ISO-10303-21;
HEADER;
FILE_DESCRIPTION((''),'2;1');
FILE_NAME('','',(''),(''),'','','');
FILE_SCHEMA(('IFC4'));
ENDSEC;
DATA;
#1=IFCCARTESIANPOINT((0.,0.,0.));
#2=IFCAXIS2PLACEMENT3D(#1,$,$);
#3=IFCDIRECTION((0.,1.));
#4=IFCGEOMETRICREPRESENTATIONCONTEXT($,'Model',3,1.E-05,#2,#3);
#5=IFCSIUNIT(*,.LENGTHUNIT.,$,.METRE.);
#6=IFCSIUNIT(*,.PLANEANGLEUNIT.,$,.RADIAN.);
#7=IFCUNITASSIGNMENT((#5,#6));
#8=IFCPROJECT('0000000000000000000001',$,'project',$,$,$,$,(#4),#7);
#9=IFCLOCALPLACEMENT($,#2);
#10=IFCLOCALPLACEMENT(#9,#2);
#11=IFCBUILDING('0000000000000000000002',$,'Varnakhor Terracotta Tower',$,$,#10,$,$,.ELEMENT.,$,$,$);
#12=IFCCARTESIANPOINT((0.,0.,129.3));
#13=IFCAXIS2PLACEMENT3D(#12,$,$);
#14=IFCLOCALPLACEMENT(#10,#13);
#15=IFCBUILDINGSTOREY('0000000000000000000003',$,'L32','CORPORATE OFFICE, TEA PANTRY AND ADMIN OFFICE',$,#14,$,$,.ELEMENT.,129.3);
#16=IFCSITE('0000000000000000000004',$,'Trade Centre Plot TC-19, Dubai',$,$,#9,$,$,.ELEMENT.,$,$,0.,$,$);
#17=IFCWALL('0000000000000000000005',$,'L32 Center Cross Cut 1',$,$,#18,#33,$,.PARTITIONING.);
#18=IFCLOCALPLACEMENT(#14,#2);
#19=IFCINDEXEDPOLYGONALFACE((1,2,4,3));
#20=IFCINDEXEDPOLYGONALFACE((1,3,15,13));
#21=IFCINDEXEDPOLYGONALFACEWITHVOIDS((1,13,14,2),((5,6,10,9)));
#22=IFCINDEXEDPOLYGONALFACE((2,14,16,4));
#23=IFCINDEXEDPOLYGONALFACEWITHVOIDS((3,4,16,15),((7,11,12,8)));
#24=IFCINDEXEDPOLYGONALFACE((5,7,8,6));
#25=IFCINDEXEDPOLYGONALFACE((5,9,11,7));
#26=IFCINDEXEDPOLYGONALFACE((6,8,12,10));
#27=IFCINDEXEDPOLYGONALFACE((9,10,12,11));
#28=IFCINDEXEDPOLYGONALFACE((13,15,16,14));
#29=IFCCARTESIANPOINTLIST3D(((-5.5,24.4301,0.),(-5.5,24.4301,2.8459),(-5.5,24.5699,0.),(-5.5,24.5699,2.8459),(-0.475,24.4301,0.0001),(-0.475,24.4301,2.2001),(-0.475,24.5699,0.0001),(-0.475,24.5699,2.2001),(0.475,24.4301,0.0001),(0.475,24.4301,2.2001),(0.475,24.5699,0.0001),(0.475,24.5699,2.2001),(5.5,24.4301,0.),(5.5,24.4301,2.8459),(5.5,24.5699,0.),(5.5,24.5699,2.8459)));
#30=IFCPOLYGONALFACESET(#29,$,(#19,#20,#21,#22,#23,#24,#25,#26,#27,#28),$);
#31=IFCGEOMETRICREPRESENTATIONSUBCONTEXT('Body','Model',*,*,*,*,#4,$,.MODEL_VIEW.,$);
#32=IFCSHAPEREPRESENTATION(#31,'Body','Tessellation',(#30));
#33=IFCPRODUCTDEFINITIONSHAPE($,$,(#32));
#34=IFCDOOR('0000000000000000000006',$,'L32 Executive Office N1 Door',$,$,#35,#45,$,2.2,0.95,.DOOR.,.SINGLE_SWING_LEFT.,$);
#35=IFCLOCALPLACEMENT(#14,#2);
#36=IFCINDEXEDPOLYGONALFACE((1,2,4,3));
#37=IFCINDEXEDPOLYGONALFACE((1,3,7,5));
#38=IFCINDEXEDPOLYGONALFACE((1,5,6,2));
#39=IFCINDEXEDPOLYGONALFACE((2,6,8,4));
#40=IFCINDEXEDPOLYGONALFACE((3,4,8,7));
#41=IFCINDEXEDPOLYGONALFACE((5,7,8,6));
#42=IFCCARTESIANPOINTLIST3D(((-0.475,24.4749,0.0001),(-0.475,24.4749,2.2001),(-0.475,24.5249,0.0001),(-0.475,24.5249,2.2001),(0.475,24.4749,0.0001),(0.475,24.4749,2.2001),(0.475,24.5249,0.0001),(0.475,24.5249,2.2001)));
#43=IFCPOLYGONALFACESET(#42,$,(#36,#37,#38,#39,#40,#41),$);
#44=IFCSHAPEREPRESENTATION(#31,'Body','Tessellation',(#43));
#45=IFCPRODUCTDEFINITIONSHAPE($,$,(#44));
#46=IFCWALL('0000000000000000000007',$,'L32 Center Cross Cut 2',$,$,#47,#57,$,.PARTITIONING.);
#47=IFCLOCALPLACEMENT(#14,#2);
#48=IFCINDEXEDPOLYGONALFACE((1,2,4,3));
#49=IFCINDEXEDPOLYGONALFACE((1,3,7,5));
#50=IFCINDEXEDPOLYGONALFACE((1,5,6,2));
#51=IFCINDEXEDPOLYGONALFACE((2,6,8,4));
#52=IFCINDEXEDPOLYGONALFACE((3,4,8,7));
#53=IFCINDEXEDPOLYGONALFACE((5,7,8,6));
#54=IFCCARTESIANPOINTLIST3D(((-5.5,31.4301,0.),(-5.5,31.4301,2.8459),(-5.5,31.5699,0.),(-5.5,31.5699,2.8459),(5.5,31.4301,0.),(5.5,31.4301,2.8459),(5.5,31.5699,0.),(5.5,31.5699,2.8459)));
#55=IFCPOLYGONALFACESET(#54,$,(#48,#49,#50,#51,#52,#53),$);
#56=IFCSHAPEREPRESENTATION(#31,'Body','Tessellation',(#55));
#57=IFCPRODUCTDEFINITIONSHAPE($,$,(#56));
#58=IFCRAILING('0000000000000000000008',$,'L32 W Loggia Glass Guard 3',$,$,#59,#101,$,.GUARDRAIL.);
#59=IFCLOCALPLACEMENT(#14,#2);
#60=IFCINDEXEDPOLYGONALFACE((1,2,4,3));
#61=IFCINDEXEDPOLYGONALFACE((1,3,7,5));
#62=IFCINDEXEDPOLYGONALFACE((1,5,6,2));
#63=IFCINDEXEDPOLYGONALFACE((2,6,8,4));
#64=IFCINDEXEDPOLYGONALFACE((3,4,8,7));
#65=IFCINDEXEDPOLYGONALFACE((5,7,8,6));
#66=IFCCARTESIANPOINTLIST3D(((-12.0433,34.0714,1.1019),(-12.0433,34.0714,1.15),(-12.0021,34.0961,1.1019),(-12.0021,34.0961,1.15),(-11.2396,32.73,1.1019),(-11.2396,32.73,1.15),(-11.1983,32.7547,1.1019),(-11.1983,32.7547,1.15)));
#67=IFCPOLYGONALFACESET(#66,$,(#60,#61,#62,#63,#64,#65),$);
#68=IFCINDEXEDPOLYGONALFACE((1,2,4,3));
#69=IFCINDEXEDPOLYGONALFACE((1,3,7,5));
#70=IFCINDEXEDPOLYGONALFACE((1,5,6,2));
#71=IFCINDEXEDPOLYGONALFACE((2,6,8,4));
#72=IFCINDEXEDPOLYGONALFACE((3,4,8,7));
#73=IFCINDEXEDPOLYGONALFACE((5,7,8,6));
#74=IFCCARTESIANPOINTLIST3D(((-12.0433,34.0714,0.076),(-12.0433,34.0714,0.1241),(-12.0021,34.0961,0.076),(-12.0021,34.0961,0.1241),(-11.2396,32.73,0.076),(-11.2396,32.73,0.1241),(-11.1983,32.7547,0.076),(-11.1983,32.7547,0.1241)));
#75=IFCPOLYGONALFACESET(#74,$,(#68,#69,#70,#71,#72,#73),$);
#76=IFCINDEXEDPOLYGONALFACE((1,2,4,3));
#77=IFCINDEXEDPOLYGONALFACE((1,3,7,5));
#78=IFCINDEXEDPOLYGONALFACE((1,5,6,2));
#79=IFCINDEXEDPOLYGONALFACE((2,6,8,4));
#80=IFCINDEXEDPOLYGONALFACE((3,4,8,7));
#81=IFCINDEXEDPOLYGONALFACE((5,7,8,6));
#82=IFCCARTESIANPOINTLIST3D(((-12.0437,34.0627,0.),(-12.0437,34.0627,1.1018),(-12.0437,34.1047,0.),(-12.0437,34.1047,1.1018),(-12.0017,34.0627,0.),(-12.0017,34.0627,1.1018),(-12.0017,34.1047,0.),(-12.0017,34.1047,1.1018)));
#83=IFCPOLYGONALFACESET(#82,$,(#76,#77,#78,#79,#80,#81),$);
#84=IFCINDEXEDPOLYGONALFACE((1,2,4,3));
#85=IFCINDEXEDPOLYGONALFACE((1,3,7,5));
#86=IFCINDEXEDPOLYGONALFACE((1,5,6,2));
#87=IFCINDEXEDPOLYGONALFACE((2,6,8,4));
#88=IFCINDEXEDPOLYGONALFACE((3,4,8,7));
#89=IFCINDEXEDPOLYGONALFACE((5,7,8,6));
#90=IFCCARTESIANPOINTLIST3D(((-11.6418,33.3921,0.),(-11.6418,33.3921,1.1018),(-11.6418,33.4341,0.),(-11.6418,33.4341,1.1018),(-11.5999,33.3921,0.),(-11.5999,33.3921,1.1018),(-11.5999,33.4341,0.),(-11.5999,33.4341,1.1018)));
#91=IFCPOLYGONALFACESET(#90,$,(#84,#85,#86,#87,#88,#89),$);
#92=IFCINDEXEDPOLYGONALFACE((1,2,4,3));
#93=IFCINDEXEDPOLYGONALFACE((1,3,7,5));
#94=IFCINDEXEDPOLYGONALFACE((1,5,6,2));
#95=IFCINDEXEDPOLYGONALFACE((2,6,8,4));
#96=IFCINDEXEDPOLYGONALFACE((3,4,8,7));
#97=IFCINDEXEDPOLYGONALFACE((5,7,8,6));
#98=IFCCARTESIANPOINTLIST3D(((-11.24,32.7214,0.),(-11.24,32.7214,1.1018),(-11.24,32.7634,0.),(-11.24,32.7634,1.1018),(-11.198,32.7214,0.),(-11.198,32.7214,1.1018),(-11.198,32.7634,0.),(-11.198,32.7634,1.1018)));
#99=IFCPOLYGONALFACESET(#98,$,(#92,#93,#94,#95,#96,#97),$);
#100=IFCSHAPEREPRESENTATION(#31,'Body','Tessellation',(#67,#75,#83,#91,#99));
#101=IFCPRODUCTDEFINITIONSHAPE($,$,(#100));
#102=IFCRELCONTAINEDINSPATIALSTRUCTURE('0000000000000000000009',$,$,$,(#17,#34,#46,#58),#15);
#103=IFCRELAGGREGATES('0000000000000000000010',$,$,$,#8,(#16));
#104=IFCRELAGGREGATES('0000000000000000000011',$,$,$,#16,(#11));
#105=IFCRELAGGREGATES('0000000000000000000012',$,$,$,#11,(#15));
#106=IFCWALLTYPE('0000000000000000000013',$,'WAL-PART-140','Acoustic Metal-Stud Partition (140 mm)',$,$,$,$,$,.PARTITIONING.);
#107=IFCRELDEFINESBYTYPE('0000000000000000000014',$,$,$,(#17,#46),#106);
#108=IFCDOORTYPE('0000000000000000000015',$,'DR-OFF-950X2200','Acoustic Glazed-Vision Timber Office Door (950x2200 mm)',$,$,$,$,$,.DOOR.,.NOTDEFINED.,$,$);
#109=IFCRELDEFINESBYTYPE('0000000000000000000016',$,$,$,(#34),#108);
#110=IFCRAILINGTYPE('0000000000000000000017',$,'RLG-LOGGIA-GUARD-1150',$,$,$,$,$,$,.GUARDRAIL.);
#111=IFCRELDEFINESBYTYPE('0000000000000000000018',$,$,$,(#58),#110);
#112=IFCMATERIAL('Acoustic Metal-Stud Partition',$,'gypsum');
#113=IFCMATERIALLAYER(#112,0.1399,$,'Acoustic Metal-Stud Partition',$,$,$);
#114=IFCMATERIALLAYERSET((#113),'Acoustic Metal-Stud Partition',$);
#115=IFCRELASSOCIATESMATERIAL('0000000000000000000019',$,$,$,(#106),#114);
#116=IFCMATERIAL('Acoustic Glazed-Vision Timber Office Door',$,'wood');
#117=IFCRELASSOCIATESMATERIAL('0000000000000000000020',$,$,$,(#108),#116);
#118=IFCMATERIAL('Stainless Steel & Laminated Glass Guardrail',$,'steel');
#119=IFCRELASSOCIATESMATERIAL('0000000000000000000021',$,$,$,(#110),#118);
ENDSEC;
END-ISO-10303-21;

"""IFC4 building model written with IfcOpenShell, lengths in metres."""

from ifc_helpers import new_model, si_unit, direction, frame, frame_2d, origin, origin_2d, place, context, subcontext, project, spatial, rectangle, extrude, source, transform, mapped, material, layer, layer_set, type_object, type_shapes, element, fill, save


model = new_model("IFC4")

# Units and contexts
model_context = context("Model", 3, precision=1e-05, world=origin(), true_north=direction((0.0, 1.0)))
body_context = subcontext(model_context, "Body", "Model", "MODEL_VIEW")
ifc_project = project(units=[si_unit("LENGTHUNIT", "METRE"), si_unit("PLANEANGLEUNIT", "RADIAN")], contexts=[model_context])

# Site, building, storey
site_placement = place(None, origin())
site = spatial("IfcSite", under=ifc_project, at=site_placement, Name="Trade Centre Plot TC-19, Dubai", CompositionType="ELEMENT", RefElevation=0.0)
building_placement = place(site_placement, origin())
building = spatial("IfcBuilding", under=site, at=building_placement, Name="Varnakhor Terracotta Tower", CompositionType="ELEMENT")
storey_placement = place(building_placement, frame((0.0, 0.0, 129.3)))
storey = spatial("IfcBuildingStorey", under=building, at=storey_placement, Name="L32", Description="CORPORATE OFFICE, TEA PANTRY AND ADMIN OFFICE", CompositionType="ELEMENT", Elevation=129.3)

# Wall, opening, door
ifc_material_1 = material(Name="Acoustic Metal-Stud Partition", Category="gypsum")
ifc_layer_1 = layer(ifc_material_1, 0.1399, Name="Acoustic Metal-Stud Partition")
ifc_layer_set_1 = layer_set([ifc_layer_1], Name="Acoustic Metal-Stud Partition")
wall_type_1 = type_object("IfcWallType", Name="WAL-PART-140", Description="Acoustic Metal-Stud Partition (140 mm)", PredefinedType="PARTITIONING", material=ifc_layer_set_1)
ifc_material_2 = material(Name="Acoustic Glazed-Vision Timber Office Door", Category="wood")
door_type = type_object("IfcDoorType", Name="DR-OFF-950X2200", Description="Acoustic Glazed-Vision Timber Office Door (950x2200 mm)", OperationType="NOTDEFINED", PredefinedType="DOOR", material=ifc_material_2)
shared_shape_1 = source(origin(), body_context, "Body", "SweptSolid", [
    extrude(rectangle(XDim=0.95, YDim=2.2, at=frame_2d((0.4751, 1.1001))), frame((0.0, 0.0249, 0.0), z_axis=(0.0, -1.0, 0.0), x_axis=(1.0, 0.0, 0.0)), (0.0, 0.0, 1.0), 0.05),
])
type_shapes(door_type, [shared_shape_1])
wall_1_placement = place(storey_placement, frame((-5.5, 24.5, 0.0), z_axis=(0.0, 0.0, 1.0), x_axis=(1.0, 0.0, 0.0)))
wall_1 = element("IfcWall", 1, at=wall_1_placement, inside=storey, type_object=wall_type_1, Name="L32 Center Cross Cut 1", PredefinedType="PARTITIONING", context=body_context, shape_type="SweptSolid", body=[
    extrude(rectangle(XDim=11.0, YDim=0.1399, at=frame_2d((5.5, 0.0))), origin(), (0.0, 0.0, 1.0), 2.8459),
])
opening_1_placement = place(wall_1_placement, frame((5.0249, 0.0, 0.0)))
opening_1 = element("IfcOpeningElement", 2, at=opening_1_placement, cuts=wall_1, PredefinedType="OPENING", context=body_context, shape_type="SweptSolid", body=[
    extrude(rectangle(XDim=0.95, YDim=2.2, at=frame_2d((0.4751, 1.1001))), frame((0.0, 0.0801, 0.0), z_axis=(0.0, -1.0, 0.0), x_axis=(1.0, 0.0, 0.0)), (0.0, 0.0, 1.0), 0.1599),
])
door_1_placement = place(opening_1_placement, origin())
door_1 = element("IfcDoor", 3, at=door_1_placement, inside=storey, type_object=door_type, Name="L32 Executive Office N1 Door", OperationType="SINGLE_SWING_LEFT", OverallHeight=2.2, OverallWidth=0.95, PredefinedType="DOOR", context=body_context, shape_type="MappedRepresentation", body=[
    mapped(shared_shape_1, transform((0.0, 0.0, 0.0), scale=1.0)),
])
fill(opening_1, door_1)

# Wall
wall_2_placement = place(storey_placement, frame((-5.5, 31.5, 0.0), z_axis=(0.0, 0.0, 1.0), x_axis=(1.0, 0.0, 0.0)))
element("IfcWall", 4, at=wall_2_placement, inside=storey, type_object=wall_type_1, Name="L32 Center Cross Cut 2", PredefinedType="PARTITIONING", context=body_context, shape_type="SweptSolid", body=[
    extrude(rectangle(XDim=11.0, YDim=0.1399, at=frame_2d((5.5, 0.0))), origin(), (0.0, 0.0, 1.0), 2.8459),
])

# Railing
ifc_material_3 = material(Name="Stainless Steel & Laminated Glass Guardrail", Category="steel")
railing_type = type_object("IfcRailingType", Name="RLG-LOGGIA-GUARD-1150", PredefinedType="GUARDRAIL", material=ifc_material_3)
railing_placement = place(storey_placement, frame((-12.0227, 34.0837, 0.0)))
element("IfcRailing", 5, at=railing_placement, inside=storey, type_object=railing_type, Name="L32 W Loggia Glass Guard 3", PredefinedType="GUARDRAIL", context=body_context, shape_type="SweptSolid", body=[
    extrude(rectangle(XDim=0.0481, YDim=0.0481, at=origin_2d()), frame((0.0, 0.0, 1.126), z_axis=(0.513991, -0.857796, 0.0), x_axis=(0.857796, 0.513991, 0.0)), (0.0, 0.0, 1.0), 1.5637),
    extrude(rectangle(XDim=0.0481, YDim=0.0481, at=origin_2d()), frame((0.0, 0.0, 0.1001), z_axis=(0.513991, -0.857796, 0.0), x_axis=(0.857796, 0.513991, 0.0)), (0.0, 0.0, 1.0), 1.5637),
    extrude(rectangle(XDim=0.042, YDim=0.042, at=origin_2d()), origin(), (0.0, 0.0, 1.0), 1.1018),
    extrude(rectangle(XDim=0.042, YDim=0.042, at=origin_2d()), frame((0.4019, -0.6707, 0.0)), (0.0, 0.0, 1.0), 1.1018),
    extrude(rectangle(XDim=0.042, YDim=0.042, at=origin_2d()), frame((0.8037, -1.3413, 0.0)), (0.0, 0.0, 1.0), 1.1018),
])

save(model, "model.ifc")
